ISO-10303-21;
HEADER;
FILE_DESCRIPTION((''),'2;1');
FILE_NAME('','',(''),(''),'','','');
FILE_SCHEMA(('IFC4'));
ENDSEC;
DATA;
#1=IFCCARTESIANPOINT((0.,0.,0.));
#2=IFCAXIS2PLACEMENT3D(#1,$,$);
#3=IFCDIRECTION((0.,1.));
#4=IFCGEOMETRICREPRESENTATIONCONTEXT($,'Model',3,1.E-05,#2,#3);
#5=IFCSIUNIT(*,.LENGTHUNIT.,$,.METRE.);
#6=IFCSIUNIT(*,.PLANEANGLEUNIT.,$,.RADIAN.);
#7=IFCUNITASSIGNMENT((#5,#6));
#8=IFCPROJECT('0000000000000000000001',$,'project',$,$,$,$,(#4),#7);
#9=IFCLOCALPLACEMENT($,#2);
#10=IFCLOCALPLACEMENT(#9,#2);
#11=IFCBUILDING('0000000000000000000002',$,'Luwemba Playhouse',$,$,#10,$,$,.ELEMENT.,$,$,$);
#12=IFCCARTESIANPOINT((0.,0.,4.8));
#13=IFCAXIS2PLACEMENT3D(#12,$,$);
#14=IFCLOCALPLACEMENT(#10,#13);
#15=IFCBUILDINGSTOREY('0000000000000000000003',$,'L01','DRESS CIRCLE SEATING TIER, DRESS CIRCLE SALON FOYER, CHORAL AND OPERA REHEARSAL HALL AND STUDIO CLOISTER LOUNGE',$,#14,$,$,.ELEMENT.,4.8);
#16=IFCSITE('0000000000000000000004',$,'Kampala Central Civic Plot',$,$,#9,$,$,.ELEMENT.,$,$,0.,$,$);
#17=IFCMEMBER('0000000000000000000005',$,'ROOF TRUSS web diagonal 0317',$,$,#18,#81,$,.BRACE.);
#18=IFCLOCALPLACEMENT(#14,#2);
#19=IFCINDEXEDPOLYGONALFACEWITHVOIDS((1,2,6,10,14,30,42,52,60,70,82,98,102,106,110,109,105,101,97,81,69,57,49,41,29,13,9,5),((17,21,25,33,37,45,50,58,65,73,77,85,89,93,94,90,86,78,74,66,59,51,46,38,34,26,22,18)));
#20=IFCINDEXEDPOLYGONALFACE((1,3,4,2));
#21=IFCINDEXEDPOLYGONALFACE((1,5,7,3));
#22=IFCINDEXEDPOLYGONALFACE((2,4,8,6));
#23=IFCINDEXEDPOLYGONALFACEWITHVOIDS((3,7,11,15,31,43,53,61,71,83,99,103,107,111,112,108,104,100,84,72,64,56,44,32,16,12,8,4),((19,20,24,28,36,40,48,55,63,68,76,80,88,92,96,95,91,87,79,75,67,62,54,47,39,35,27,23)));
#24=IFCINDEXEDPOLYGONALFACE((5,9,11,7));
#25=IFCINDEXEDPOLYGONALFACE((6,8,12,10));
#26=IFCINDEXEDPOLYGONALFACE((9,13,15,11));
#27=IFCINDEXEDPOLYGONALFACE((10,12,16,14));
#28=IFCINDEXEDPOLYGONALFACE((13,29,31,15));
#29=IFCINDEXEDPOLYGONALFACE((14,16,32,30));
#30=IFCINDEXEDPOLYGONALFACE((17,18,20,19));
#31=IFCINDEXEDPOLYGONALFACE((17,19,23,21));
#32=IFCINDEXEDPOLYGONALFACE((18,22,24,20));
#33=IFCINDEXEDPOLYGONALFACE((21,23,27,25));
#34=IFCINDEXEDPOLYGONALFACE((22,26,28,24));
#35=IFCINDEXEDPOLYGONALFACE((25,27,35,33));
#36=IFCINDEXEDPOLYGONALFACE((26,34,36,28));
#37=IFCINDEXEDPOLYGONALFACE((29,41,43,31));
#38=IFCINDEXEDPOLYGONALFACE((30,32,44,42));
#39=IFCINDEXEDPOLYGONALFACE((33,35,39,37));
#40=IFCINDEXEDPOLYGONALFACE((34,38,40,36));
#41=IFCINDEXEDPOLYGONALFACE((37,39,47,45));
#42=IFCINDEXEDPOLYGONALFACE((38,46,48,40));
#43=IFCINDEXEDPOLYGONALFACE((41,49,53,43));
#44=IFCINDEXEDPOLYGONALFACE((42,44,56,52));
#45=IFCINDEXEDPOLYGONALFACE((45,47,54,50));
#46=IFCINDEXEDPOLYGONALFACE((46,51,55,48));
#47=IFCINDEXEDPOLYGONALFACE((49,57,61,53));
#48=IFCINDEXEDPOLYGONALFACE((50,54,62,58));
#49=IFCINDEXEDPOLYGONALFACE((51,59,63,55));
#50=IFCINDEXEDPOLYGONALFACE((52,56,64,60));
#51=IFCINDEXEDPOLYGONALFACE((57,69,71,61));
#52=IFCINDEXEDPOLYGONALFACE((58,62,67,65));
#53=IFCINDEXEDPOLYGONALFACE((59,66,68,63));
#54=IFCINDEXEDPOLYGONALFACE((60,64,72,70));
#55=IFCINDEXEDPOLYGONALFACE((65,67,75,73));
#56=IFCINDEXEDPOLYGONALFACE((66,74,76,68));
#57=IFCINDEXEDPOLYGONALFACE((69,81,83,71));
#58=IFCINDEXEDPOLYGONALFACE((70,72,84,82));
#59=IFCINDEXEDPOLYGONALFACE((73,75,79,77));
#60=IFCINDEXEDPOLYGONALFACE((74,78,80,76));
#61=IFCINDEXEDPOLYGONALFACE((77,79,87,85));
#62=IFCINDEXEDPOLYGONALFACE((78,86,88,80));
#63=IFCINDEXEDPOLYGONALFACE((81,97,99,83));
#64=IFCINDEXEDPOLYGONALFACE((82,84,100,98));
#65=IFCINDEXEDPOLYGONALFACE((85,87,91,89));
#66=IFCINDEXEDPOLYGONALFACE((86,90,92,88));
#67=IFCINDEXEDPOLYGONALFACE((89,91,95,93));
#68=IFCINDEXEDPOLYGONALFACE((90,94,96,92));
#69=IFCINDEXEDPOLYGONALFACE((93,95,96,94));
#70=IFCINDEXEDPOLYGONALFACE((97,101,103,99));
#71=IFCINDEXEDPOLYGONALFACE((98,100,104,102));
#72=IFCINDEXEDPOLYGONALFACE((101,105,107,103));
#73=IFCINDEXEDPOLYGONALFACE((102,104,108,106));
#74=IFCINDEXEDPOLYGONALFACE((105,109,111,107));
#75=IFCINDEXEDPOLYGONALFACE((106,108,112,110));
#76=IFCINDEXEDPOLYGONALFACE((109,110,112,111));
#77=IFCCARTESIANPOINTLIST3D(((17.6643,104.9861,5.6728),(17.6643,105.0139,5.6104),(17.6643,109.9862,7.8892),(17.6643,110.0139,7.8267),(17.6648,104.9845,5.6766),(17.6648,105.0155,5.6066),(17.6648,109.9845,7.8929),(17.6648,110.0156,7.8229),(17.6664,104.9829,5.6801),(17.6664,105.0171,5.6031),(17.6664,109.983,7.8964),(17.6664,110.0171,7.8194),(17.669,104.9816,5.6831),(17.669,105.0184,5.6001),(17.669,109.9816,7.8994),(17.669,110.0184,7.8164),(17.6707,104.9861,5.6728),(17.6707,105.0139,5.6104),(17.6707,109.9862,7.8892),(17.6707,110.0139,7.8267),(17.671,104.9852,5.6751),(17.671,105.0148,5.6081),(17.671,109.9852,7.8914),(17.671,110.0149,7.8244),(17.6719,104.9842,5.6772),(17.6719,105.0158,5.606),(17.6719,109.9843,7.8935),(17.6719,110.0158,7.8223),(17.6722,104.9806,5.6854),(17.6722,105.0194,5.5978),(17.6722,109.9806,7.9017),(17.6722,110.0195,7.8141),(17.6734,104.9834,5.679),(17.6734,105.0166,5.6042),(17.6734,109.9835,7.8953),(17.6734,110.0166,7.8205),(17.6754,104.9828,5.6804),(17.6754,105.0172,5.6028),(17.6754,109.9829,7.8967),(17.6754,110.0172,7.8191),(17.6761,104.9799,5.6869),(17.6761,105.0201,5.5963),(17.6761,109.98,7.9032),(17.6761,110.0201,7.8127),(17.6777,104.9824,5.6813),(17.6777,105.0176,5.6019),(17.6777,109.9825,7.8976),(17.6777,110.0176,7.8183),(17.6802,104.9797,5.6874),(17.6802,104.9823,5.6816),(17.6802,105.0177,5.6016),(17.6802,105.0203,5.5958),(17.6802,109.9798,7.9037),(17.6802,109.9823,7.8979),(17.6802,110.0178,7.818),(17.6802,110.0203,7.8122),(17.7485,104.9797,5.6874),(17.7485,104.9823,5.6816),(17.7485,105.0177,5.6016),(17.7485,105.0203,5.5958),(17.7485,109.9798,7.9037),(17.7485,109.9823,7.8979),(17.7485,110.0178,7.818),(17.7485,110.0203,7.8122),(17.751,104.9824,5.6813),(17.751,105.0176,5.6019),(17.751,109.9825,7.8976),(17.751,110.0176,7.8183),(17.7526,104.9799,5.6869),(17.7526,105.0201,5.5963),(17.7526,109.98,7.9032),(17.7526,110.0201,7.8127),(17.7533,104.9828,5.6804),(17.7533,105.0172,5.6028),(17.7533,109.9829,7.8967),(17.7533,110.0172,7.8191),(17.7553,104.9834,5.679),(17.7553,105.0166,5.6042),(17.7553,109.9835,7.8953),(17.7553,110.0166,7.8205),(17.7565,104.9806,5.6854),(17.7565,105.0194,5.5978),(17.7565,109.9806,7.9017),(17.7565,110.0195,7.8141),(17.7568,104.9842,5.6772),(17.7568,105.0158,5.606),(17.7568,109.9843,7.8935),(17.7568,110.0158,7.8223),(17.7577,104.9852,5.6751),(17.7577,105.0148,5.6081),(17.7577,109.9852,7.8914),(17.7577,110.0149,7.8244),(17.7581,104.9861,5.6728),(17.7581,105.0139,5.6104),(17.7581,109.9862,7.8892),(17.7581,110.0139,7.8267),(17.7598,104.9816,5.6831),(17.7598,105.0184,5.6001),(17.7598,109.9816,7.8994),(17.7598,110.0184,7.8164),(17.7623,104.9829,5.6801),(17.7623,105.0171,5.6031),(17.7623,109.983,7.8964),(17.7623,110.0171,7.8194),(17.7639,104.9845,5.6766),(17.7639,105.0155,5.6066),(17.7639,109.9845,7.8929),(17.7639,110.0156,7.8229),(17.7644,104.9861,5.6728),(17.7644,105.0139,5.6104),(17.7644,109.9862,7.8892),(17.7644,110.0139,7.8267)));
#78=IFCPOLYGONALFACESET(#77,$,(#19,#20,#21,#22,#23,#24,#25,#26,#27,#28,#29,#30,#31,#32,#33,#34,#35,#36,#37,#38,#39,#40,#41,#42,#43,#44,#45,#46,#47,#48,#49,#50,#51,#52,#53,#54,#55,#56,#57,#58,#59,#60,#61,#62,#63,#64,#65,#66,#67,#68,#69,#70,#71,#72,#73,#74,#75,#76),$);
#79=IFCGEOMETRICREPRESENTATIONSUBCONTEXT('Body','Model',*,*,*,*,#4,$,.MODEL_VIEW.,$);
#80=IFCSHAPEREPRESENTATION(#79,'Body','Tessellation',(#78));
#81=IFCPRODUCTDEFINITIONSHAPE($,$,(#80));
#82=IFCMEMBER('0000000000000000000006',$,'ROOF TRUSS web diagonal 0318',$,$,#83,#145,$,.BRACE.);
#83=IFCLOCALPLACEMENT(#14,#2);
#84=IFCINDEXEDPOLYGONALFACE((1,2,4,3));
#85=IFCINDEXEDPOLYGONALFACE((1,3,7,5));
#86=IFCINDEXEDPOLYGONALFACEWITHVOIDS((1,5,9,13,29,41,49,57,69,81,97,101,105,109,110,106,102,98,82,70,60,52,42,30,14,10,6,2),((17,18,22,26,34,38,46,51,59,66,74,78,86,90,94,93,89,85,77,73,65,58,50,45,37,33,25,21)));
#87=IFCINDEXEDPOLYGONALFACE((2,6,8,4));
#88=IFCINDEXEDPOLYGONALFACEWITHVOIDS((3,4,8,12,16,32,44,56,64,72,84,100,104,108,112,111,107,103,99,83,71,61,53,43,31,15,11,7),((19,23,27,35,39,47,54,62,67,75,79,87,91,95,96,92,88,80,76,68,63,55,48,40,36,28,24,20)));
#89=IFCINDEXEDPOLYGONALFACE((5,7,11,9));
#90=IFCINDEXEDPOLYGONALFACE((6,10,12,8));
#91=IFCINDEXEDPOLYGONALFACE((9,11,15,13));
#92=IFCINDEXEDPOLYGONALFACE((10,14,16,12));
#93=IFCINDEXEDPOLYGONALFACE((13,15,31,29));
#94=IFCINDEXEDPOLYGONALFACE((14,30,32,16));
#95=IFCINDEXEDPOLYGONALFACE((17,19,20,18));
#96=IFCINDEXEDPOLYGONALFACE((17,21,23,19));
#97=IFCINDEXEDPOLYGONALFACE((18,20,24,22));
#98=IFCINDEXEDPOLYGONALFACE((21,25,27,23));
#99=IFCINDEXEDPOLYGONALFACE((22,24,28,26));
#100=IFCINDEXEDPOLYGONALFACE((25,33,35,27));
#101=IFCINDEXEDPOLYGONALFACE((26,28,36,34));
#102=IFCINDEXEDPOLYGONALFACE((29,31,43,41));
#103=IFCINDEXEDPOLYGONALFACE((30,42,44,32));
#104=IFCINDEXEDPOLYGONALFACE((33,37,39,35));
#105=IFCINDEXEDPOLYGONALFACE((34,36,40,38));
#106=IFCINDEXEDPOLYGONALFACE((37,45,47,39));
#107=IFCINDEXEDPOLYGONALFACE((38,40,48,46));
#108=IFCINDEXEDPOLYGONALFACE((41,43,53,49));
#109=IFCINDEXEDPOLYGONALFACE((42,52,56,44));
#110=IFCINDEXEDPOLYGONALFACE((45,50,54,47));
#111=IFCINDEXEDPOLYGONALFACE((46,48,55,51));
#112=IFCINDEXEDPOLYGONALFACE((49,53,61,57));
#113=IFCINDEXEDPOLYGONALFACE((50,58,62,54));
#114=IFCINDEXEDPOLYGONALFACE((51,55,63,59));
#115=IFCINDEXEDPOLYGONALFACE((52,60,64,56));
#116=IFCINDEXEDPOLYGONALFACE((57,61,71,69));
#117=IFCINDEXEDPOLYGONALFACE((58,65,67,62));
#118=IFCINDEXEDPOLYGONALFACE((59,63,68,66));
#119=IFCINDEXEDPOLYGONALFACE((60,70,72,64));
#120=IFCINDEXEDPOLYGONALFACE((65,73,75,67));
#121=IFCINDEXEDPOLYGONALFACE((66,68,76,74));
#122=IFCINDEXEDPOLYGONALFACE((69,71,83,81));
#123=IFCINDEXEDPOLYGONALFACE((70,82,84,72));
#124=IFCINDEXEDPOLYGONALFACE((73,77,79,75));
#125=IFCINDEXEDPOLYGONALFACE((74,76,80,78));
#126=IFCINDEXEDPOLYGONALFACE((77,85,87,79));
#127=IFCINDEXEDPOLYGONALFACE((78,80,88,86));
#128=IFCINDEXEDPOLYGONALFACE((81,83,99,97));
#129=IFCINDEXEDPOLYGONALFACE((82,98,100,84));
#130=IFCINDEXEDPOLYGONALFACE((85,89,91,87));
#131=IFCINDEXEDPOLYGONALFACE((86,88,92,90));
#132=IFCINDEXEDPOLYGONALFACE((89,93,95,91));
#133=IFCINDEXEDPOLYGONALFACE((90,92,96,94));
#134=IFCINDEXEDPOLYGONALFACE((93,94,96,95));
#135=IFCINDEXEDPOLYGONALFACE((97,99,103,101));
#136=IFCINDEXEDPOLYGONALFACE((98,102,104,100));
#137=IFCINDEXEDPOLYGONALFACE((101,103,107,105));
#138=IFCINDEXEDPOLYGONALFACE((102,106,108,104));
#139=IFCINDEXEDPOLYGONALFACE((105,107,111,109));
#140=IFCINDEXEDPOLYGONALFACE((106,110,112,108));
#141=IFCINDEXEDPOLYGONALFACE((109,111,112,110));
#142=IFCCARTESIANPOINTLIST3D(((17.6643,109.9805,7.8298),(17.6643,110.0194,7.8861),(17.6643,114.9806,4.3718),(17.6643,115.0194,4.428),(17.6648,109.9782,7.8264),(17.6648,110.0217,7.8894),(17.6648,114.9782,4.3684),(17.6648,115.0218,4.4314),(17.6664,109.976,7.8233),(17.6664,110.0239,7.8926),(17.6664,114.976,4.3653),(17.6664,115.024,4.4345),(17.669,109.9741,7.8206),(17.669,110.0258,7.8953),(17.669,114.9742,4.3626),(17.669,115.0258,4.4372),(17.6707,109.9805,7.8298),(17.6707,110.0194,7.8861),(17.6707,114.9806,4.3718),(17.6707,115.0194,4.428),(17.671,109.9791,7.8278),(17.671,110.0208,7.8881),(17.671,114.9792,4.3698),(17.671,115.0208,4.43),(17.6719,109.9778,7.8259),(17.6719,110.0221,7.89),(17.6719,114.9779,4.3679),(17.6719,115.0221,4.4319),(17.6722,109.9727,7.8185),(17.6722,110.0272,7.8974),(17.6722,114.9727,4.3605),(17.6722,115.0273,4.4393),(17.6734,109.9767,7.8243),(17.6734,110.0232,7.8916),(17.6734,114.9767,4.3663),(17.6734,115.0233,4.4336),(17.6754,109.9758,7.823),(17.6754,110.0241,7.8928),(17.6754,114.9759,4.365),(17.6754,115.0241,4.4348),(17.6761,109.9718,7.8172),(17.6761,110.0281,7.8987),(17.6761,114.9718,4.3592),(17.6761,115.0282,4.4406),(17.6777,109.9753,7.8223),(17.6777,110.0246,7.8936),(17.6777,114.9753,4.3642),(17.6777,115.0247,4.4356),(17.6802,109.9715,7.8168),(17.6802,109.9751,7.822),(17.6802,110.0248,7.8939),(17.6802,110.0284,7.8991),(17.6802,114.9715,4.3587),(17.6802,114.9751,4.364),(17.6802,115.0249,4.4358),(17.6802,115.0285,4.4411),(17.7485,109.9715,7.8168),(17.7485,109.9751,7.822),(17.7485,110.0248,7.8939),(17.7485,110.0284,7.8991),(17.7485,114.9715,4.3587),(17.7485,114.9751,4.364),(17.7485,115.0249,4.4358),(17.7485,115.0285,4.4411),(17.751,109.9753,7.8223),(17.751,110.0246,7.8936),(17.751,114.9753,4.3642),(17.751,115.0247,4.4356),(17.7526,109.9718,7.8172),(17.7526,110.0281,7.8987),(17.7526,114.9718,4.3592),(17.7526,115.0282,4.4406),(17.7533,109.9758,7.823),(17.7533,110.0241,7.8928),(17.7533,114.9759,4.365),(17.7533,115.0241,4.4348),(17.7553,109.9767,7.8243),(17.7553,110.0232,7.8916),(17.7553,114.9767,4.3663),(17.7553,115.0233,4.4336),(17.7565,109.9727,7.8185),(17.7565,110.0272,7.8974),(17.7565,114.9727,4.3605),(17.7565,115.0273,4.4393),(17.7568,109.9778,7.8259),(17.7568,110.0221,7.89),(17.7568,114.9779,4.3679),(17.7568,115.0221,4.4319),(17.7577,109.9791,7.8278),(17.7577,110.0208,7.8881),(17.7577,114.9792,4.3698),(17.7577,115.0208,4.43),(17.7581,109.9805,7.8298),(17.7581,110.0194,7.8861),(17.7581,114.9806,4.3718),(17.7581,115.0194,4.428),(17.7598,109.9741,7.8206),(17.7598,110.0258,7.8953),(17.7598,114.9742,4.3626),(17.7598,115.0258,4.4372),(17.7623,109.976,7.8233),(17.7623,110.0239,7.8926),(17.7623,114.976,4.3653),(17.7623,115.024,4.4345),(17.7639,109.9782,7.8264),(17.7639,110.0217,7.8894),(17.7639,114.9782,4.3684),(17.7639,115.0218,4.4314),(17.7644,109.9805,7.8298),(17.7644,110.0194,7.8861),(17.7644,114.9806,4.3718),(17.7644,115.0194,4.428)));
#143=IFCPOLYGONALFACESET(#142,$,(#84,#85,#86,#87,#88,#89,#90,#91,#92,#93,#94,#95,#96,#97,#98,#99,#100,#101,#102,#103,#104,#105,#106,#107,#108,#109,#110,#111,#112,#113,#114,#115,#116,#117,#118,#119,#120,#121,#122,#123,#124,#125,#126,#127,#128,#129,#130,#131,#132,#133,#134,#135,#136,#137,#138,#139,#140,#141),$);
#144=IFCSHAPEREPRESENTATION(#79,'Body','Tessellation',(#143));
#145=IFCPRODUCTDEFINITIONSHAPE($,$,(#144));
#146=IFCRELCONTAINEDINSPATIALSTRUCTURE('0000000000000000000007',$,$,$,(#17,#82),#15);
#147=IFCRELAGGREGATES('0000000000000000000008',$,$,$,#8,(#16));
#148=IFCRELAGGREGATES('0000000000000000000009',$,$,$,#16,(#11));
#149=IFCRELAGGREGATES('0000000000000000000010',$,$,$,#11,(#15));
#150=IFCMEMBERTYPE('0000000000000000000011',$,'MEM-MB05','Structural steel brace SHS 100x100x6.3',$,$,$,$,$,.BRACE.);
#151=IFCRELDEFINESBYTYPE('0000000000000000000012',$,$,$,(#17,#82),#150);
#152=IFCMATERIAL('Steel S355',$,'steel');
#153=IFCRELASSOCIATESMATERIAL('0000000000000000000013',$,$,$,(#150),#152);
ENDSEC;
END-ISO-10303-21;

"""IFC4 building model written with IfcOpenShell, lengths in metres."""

from ifc_helpers import new_model, si_unit, direction, frame, origin, origin_2d, place, context, subcontext, project, spatial, hollow_rectangle, extrude, material, material_profile, profile_set, type_object, element, save


model = new_model("IFC4")

# Units and contexts
model_context = context("Model", 3, precision=1e-05, world=origin(), true_north=direction((0.0, 1.0)))
body_context = subcontext(model_context, "Body", "Model", "MODEL_VIEW")
ifc_project = project(units=[si_unit("LENGTHUNIT", "METRE"), si_unit("PLANEANGLEUNIT", "RADIAN")], contexts=[model_context])

# Site, building, storey
site_placement = place(None, origin())
site = spatial("IfcSite", under=ifc_project, at=site_placement, Name="Kampala Central Civic Plot", CompositionType="ELEMENT", RefElevation=0.0)
building_placement = place(site_placement, origin())
building = spatial("IfcBuilding", under=site, at=building_placement, Name="Luwemba Playhouse", CompositionType="ELEMENT")
storey_placement = place(building_placement, frame((0.0, 0.0, 4.8)))
storey = spatial("IfcBuildingStorey", under=building, at=storey_placement, Name="L01", Description="DRESS CIRCLE SEATING TIER, DRESS CIRCLE SALON FOYER, CHORAL AND OPERA REHEARSAL HALL AND STUDIO CLOISTER LOUNGE", CompositionType="ELEMENT", Elevation=4.8)

# Shared definitions
ifc_material_1 = material(Name="Steel S355", Category="steel")

# Members
ifc_material_profile_1 = material_profile(ifc_material_1, hollow_rectangle(XDim=0.1001, YDim=0.1001, WallThickness=0.0063, InnerFilletRadius=0.0095, OuterFilletRadius=0.0159, at=origin_2d()))
ifc_profile_set_1 = profile_set([ifc_material_profile_1], Name="Steel S355")
member_type_1 = type_object("IfcMemberType", Name="MEM-MB05", Description="Structural steel brace SHS 100x100x6.3", PredefinedType="BRACE", material=ifc_profile_set_1)
for number, where, z_axis, x_axis, name in (
    (1, (17.7144, 105.0, 5.6416), (0.0, 0.914212, 0.405235), (-1.0, 0.0, 0.0), "ROOF TRUSS web diagonal 0317"),
):
    element("IfcMember", number, at=place(storey_placement, frame(where, z_axis=z_axis, x_axis=x_axis)), inside=storey, type_object=member_type_1, Name=name, PredefinedType="BRACE", context=body_context, shape_type="SweptSolid", body=[
        extrude(hollow_rectangle(XDim=0.1001, YDim=0.1001, WallThickness=0.0063, InnerFilletRadius=0.0095, OuterFilletRadius=0.0159, at=origin_2d()), origin(), (0.0, 0.0, 1.0), 5.4692),
    ])
member_1_placement = place(storey_placement, frame((17.7144, 115.0, 4.3999), z_axis=(0.0, -0.822464, 0.568817), x_axis=(1.0, 0.0, 0.0)))
element("IfcMember", 2, at=member_1_placement, inside=storey, type_object=member_type_1, Name="ROOF TRUSS web diagonal 0318", PredefinedType="BRACE", context=body_context, shape_type="SweptSolid", body=[
    extrude(hollow_rectangle(XDim=0.1001, YDim=0.1001, WallThickness=0.0063, InnerFilletRadius=0.0095, OuterFilletRadius=0.0159, at=origin_2d()), origin(), (0.0, 0.0, 1.0), 6.0793),
])

save(model, "model.ifc")
